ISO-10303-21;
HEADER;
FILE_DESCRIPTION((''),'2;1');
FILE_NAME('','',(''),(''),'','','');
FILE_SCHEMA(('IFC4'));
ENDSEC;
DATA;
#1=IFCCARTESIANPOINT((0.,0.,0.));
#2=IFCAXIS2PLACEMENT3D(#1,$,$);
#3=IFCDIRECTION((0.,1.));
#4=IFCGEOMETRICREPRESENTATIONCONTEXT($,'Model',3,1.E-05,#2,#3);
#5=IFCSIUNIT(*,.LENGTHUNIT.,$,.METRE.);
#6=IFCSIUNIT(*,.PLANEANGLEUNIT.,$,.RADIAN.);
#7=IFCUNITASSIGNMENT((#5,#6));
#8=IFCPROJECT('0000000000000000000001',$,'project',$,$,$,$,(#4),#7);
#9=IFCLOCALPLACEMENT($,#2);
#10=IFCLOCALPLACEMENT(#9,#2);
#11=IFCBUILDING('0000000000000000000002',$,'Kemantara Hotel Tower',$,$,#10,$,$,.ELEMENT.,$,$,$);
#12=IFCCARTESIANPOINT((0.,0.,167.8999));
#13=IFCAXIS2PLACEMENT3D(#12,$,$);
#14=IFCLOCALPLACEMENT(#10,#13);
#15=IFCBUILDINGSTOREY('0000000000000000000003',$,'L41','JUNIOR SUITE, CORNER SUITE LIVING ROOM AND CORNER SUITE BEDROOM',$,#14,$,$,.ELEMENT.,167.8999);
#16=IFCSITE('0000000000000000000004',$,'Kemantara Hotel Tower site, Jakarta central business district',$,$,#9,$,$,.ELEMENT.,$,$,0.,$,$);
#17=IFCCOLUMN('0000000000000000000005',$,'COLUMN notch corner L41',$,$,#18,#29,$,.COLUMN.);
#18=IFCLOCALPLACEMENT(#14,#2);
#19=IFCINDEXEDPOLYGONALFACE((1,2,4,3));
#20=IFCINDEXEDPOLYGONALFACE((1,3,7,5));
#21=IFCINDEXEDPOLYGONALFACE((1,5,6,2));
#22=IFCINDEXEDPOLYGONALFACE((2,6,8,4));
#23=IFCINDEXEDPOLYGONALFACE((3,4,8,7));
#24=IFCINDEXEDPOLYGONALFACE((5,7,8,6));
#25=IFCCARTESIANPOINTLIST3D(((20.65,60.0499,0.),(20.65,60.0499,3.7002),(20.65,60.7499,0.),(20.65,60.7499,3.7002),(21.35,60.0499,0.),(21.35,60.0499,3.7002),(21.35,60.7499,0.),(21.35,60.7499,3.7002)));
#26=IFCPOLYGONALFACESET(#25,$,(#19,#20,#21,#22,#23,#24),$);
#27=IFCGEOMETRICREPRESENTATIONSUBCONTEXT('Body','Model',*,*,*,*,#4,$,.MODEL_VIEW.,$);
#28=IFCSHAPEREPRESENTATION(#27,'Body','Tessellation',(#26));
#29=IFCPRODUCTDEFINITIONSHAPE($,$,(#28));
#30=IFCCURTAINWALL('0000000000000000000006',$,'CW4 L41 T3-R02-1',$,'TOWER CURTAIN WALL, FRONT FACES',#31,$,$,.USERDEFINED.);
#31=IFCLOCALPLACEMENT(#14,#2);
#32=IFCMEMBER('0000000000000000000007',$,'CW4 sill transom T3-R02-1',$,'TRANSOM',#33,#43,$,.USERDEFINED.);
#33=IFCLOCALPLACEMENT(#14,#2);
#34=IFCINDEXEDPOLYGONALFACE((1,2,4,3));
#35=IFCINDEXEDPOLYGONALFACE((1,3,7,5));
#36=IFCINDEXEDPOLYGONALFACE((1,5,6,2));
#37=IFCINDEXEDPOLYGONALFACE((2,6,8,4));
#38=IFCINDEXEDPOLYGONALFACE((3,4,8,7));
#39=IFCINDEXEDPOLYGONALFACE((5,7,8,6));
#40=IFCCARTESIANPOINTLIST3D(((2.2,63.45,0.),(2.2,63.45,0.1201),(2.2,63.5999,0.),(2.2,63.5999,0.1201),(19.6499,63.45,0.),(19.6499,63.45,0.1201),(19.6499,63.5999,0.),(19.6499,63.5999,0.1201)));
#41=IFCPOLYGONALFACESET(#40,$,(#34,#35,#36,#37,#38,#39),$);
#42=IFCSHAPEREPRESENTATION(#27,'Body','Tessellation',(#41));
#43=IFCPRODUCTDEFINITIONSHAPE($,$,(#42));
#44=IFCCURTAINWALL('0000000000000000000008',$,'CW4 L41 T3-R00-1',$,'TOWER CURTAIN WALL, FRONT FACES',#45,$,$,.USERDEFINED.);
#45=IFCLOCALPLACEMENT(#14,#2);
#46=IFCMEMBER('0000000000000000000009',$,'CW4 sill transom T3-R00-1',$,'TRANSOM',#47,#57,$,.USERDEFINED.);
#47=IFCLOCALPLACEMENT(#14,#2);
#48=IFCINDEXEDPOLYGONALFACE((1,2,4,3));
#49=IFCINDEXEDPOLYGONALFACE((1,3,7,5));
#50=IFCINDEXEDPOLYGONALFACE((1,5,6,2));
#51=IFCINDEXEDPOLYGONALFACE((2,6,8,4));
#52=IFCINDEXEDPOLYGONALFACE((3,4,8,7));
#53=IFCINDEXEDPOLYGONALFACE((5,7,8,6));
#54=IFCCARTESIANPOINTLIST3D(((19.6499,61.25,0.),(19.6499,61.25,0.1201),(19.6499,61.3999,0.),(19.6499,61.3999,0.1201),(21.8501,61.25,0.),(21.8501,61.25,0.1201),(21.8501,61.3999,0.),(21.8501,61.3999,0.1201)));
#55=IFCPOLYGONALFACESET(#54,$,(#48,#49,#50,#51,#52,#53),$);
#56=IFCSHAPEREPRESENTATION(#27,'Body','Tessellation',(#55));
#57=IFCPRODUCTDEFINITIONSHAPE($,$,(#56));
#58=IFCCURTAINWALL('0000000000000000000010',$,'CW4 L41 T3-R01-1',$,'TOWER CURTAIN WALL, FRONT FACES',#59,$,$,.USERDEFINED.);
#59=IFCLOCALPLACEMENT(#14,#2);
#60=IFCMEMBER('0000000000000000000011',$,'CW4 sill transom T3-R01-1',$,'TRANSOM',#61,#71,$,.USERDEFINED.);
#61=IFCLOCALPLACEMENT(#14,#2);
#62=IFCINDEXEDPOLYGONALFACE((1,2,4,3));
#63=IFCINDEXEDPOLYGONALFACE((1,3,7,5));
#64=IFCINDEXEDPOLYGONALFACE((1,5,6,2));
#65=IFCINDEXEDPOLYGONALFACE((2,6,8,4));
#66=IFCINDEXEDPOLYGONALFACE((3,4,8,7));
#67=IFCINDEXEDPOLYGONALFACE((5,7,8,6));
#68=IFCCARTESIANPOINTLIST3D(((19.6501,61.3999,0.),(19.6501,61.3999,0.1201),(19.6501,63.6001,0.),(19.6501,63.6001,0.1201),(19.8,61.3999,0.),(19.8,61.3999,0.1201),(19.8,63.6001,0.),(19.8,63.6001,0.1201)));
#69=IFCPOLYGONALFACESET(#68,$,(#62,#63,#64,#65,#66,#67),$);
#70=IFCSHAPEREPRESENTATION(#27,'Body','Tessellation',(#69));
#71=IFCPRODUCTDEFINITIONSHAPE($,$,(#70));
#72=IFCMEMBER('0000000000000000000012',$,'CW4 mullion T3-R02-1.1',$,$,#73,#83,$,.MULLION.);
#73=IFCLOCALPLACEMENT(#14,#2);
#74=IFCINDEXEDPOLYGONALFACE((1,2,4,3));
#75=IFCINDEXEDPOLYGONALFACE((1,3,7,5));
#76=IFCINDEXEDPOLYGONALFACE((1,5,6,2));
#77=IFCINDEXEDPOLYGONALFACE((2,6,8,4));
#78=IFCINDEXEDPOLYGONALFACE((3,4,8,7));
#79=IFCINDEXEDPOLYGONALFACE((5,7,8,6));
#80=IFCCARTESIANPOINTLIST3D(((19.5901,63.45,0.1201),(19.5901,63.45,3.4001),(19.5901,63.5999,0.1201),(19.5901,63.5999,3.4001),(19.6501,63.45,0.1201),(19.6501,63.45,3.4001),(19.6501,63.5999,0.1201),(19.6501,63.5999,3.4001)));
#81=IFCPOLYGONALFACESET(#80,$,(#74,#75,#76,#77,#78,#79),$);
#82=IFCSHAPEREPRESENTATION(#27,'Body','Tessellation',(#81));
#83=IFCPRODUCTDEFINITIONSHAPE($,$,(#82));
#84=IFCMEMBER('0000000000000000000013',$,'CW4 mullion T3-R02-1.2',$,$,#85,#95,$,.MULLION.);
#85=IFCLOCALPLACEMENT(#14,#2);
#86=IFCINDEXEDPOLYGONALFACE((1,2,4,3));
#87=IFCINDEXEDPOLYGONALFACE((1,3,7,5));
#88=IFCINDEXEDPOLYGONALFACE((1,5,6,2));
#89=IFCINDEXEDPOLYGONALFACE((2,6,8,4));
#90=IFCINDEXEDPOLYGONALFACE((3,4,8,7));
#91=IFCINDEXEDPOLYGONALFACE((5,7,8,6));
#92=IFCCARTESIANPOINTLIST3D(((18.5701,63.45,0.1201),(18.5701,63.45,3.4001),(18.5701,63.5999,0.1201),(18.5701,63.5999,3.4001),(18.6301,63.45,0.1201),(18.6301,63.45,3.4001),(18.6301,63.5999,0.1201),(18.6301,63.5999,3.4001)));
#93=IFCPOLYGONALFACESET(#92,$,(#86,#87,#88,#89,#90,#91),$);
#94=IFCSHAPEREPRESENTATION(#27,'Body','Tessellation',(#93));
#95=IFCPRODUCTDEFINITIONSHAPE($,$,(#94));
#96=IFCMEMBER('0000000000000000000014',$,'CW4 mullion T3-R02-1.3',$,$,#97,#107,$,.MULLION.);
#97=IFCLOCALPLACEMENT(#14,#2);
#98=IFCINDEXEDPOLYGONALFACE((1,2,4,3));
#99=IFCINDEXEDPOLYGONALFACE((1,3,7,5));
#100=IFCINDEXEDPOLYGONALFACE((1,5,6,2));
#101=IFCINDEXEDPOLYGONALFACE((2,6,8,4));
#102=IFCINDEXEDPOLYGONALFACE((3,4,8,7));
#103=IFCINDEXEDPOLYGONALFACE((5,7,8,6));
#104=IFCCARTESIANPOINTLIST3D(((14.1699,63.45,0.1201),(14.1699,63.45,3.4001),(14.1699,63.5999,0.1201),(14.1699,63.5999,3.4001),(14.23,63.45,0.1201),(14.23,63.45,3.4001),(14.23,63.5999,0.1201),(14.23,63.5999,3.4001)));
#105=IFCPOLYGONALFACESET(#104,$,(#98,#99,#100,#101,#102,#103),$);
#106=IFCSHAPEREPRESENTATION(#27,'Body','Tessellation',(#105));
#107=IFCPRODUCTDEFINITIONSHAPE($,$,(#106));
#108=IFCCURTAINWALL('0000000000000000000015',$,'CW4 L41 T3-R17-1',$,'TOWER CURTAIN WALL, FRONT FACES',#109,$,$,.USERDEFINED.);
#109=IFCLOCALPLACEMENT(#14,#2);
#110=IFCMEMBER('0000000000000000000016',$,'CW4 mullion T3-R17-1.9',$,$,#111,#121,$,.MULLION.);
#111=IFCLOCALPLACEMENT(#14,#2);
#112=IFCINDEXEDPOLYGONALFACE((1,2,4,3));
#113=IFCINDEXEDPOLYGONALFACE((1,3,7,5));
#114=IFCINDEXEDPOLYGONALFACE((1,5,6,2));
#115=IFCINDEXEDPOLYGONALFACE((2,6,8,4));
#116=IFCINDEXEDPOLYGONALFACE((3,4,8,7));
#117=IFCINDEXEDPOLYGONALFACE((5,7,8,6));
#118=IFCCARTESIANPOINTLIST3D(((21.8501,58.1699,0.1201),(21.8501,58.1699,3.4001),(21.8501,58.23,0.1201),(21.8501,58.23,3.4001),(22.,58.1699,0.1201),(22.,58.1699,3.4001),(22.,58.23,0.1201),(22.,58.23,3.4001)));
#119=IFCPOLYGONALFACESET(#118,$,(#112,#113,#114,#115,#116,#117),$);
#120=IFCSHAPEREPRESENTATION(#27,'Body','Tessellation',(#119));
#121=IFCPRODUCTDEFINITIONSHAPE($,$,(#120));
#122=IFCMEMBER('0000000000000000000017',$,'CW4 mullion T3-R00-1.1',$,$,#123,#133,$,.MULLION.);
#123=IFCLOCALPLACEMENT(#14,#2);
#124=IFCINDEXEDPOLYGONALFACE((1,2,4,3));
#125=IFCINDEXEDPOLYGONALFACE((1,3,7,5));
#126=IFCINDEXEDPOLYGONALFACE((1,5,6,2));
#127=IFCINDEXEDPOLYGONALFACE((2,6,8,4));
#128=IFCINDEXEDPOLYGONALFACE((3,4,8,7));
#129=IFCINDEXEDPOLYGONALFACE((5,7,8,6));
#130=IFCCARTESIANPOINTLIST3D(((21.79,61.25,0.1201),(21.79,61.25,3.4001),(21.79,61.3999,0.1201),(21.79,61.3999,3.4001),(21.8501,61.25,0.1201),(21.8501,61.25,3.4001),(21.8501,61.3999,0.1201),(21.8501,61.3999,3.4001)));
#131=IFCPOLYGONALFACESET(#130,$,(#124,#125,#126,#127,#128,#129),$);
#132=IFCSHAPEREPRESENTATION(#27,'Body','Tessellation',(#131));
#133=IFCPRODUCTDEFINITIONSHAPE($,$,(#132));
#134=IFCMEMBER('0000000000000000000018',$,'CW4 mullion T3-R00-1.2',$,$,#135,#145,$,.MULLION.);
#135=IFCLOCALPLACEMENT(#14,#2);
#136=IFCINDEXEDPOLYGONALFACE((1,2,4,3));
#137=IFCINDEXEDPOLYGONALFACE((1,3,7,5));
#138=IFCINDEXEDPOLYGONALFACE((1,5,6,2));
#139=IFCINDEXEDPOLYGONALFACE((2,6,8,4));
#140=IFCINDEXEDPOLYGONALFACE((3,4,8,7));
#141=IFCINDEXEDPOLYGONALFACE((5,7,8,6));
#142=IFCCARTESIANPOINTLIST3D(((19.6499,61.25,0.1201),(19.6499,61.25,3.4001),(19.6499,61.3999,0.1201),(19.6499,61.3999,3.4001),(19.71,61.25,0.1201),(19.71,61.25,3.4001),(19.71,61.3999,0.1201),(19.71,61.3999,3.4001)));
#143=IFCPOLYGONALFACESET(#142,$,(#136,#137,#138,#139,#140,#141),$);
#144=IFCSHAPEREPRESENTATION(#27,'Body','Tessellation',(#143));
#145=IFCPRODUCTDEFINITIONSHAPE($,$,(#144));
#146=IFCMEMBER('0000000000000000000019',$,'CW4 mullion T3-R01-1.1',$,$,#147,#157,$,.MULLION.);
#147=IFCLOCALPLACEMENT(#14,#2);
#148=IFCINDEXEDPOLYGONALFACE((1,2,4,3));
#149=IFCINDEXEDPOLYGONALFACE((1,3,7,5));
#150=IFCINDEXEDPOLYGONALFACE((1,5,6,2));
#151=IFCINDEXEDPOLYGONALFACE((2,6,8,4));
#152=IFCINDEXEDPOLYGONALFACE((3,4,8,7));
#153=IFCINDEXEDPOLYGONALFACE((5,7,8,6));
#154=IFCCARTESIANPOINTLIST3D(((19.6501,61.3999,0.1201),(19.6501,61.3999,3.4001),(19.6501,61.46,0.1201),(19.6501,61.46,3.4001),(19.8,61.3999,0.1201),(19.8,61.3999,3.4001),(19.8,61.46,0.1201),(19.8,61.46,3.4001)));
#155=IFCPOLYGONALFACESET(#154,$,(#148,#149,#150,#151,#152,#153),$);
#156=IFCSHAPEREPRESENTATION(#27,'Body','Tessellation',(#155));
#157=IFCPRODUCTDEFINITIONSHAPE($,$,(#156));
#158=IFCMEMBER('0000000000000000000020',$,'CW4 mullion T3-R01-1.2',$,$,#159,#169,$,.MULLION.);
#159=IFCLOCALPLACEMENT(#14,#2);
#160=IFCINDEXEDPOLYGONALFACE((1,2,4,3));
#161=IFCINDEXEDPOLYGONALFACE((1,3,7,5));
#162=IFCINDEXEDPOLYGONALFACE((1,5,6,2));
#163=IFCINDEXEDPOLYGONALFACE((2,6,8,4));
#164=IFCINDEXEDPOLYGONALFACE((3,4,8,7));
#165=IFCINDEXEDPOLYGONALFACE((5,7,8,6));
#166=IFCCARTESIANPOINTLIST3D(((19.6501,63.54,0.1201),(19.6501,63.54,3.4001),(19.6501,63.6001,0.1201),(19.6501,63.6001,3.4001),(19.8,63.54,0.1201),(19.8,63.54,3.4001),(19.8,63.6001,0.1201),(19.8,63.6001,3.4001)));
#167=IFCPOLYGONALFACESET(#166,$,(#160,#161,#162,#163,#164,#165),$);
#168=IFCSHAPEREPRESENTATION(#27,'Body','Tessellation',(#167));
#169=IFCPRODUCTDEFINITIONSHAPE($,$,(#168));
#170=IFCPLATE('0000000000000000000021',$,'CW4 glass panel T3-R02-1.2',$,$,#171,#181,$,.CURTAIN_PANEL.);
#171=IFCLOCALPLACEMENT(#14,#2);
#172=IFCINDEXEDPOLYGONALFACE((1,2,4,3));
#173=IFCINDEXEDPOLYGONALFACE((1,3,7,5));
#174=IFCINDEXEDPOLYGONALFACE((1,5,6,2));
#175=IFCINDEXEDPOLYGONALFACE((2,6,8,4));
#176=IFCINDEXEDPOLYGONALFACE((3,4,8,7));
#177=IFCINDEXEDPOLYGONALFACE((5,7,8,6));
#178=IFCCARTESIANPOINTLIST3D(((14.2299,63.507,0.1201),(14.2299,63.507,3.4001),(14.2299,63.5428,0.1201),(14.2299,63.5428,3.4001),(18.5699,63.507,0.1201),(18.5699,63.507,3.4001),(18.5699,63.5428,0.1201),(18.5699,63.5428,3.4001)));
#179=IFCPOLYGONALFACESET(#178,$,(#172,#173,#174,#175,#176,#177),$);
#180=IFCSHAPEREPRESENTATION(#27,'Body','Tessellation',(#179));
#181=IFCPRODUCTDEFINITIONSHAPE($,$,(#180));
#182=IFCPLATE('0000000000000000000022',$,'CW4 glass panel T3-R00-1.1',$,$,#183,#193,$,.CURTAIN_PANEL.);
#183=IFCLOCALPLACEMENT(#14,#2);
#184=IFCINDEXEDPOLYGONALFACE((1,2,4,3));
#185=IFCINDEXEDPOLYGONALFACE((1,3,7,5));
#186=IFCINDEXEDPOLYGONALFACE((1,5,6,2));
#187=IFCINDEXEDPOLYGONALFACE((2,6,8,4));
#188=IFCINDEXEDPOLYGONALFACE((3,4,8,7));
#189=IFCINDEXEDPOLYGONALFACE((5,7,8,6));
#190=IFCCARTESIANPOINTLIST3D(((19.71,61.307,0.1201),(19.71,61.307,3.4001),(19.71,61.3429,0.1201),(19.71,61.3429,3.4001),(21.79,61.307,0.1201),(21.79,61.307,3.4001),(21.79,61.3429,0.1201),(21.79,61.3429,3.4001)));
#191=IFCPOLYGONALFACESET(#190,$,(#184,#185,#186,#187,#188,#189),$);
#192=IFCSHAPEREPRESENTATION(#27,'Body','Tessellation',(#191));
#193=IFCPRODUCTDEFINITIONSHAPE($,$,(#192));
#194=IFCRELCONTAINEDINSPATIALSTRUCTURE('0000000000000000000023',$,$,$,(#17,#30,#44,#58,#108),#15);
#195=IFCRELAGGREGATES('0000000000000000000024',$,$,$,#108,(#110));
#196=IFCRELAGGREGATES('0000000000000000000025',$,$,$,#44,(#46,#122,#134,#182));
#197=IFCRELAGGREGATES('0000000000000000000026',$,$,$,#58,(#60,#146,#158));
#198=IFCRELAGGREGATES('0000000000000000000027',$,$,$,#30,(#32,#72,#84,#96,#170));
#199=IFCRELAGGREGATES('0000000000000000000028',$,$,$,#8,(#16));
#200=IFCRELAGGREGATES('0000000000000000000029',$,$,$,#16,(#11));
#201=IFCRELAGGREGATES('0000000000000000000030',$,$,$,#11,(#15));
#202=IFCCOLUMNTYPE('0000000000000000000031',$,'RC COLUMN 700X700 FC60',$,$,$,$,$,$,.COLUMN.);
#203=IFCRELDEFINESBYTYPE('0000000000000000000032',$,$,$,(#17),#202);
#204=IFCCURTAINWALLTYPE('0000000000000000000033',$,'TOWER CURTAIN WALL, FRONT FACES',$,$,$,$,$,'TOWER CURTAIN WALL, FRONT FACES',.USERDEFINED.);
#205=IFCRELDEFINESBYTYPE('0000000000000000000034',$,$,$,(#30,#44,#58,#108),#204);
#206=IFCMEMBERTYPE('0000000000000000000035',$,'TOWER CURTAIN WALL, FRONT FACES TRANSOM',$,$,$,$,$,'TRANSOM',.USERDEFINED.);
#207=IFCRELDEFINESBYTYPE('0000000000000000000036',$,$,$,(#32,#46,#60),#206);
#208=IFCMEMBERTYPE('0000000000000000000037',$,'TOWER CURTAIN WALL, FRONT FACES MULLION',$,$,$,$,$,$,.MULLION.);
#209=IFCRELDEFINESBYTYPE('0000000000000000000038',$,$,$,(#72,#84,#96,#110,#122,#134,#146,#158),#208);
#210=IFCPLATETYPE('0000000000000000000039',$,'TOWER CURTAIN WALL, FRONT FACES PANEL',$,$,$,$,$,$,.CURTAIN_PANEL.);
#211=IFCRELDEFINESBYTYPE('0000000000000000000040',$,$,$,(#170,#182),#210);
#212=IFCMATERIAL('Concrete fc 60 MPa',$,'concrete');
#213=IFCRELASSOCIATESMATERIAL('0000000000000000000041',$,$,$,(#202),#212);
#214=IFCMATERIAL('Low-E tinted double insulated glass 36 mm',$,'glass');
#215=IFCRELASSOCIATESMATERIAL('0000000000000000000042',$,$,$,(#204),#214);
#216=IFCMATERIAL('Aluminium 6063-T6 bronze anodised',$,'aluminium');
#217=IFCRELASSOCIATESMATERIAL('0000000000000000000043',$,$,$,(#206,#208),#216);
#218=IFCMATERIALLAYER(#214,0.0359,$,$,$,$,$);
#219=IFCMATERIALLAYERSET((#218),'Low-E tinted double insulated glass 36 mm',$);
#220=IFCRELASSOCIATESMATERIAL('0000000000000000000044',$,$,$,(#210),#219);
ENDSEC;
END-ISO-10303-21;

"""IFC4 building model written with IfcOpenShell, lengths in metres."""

from ifc_helpers import new_model, si_unit, direction, frame, origin, origin_2d, place, context, subcontext, project, spatial, rectangle, extrude, source, transform, mapped, material, layer, layer_set, material_profile, profile_set, type_object, element, aggregate, save


model = new_model("IFC4")

# Units and contexts
model_context = context("Model", 3, precision=1e-05, world=origin(), true_north=direction((0.0, 1.0)))
body_context = subcontext(model_context, "Body", "Model", "MODEL_VIEW")
ifc_project = project(units=[si_unit("LENGTHUNIT", "METRE"), si_unit("PLANEANGLEUNIT", "RADIAN")], contexts=[model_context])

# Site, building, storey
site_placement = place(None, origin())
site = spatial("IfcSite", under=ifc_project, at=site_placement, Name="Kemantara Hotel Tower site, Jakarta central business district", CompositionType="ELEMENT", RefElevation=0.0)
building_placement = place(site_placement, origin())
building = spatial("IfcBuilding", under=site, at=building_placement, Name="Kemantara Hotel Tower", CompositionType="ELEMENT")
storey_placement = place(building_placement, frame((0.0, 0.0, 167.8999)))
storey = spatial("IfcBuildingStorey", under=building, at=storey_placement, Name="L41", Description="JUNIOR SUITE, CORNER SUITE LIVING ROOM AND CORNER SUITE BEDROOM", CompositionType="ELEMENT", Elevation=167.8999)

# Column
ifc_material_1 = material(Name="Concrete fc 60 MPa", Category="concrete")
ifc_material_profile_1 = material_profile(ifc_material_1, rectangle(XDim=0.7, YDim=0.7, at=origin_2d()), Name="RC 700X700")
ifc_profile_set_1 = profile_set([ifc_material_profile_1], Name="Concrete fc 60 MPa")
column_type = type_object("IfcColumnType", Name="RC COLUMN 700X700 FC60", PredefinedType="COLUMN", material=ifc_profile_set_1)
column_placement = place(storey_placement, frame((21.0, 60.3999, 0.0), z_axis=(0.0, 0.0, 1.0), x_axis=(1.0, 0.0, 0.0)))
element("IfcColumn", 1, at=column_placement, inside=storey, type_object=column_type, Name="COLUMN notch corner L41", PredefinedType="COLUMN", context=body_context, shape_type="SweptSolid", body=[
    extrude(rectangle(XDim=0.7, YDim=0.7, at=origin_2d()), origin(), (0.0, 0.0, 1.0), 3.7002),
])

# Curtain walls, members
ifc_material_2 = material(Name="Low-E tinted double insulated glass 36 mm", Category="glass")
curtain_wall_type = type_object("IfcCurtainWallType", Name="TOWER CURTAIN WALL, FRONT FACES", ElementType="TOWER CURTAIN WALL, FRONT FACES", PredefinedType="USERDEFINED", material=ifc_material_2)
curtain_wall_1_placement = place(storey_placement, origin())
curtain_wall_1 = element("IfcCurtainWall", 2, at=curtain_wall_1_placement, inside=storey, type_object=curtain_wall_type, Name="CW4 L41 T3-R02-1", ObjectType="TOWER CURTAIN WALL, FRONT FACES", PredefinedType="USERDEFINED")
ifc_material_3 = material(Name="Aluminium 6063-T6 bronze anodised", Category="aluminium")
ifc_material_profile_2 = material_profile(ifc_material_3, rectangle(XDim=0.1499, YDim=0.1201, at=origin_2d()), Name="TOWER CURTAIN WALL, FRONT FACES TRANSOM")
ifc_profile_set_2 = profile_set([ifc_material_profile_2], Name="Aluminium 6063-T6 bronze anodised")
member_type_1 = type_object("IfcMemberType", Name="TOWER CURTAIN WALL, FRONT FACES TRANSOM", ElementType="TRANSOM", PredefinedType="USERDEFINED", material=ifc_profile_set_2)
member_1_placement = place(storey_placement, frame((19.6499, 63.5249, 0.0601), z_axis=(-1.0, 0.0, 0.0), x_axis=(0.0, -1.0, 0.0)))
member_1 = element("IfcMember", 3, at=member_1_placement, type_object=member_type_1, Name="CW4 sill transom T3-R02-1", ObjectType="TRANSOM", PredefinedType="USERDEFINED", context=body_context, shape_type="SweptSolid", body=[
    extrude(rectangle(XDim=0.1499, YDim=0.1201, at=origin_2d()), origin(), (0.0, 0.0, 1.0), 17.45),
])
curtain_wall_2_placement = place(storey_placement, origin())
curtain_wall_2 = element("IfcCurtainWall", 4, at=curtain_wall_2_placement, inside=storey, type_object=curtain_wall_type, Name="CW4 L41 T3-R00-1", ObjectType="TOWER CURTAIN WALL, FRONT FACES", PredefinedType="USERDEFINED")
member_2_placement = place(storey_placement, frame((21.8501, 61.325, 0.0601), z_axis=(-1.0, 0.0, 0.0), x_axis=(0.0, -1.0, 0.0)))
member_2 = element("IfcMember", 5, at=member_2_placement, type_object=member_type_1, Name="CW4 sill transom T3-R00-1", ObjectType="TRANSOM", PredefinedType="USERDEFINED", context=body_context, shape_type="SweptSolid", body=[
    extrude(rectangle(XDim=0.1499, YDim=0.1201, at=origin_2d()), origin(), (0.0, 0.0, 1.0), 2.2002),
])
curtain_wall_3_placement = place(storey_placement, origin())
curtain_wall_3 = element("IfcCurtainWall", 6, at=curtain_wall_3_placement, inside=storey, type_object=curtain_wall_type, Name="CW4 L41 T3-R01-1", ObjectType="TOWER CURTAIN WALL, FRONT FACES", PredefinedType="USERDEFINED")
member_3_placement = place(storey_placement, frame((19.7251, 61.3999, 0.0601), z_axis=(0.0, 1.0, 0.0), x_axis=(-1.0, 0.0, 0.0)))
member_3 = element("IfcMember", 7, at=member_3_placement, type_object=member_type_1, Name="CW4 sill transom T3-R01-1", ObjectType="TRANSOM", PredefinedType="USERDEFINED", context=body_context, shape_type="SweptSolid", body=[
    extrude(rectangle(XDim=0.1499, YDim=0.1201, at=origin_2d()), origin(), (0.0, 0.0, 1.0), 2.2002),
])

# Members
ifc_material_profile_3 = material_profile(ifc_material_3, rectangle(XDim=0.1499, YDim=0.0601, at=origin_2d()), Name="TOWER CURTAIN WALL, FRONT FACES MULLION")
ifc_profile_set_3 = profile_set([ifc_material_profile_3], Name="Aluminium 6063-T6 bronze anodised")
member_type_2 = type_object("IfcMemberType", Name="TOWER CURTAIN WALL, FRONT FACES MULLION", PredefinedType="MULLION", material=ifc_profile_set_3)
shared_shape_1 = source(origin(), body_context, "Body", "SweptSolid", [
    extrude(rectangle(XDim=0.1499, YDim=0.0601, at=origin_2d()), origin(), (0.0, 0.0, 1.0), 3.28),
])
member_4_placement = place(storey_placement, frame((19.6201, 63.5249, 0.1201), z_axis=(0.0, 0.0, 1.0), x_axis=(0.0, -1.0, 0.0)))
member_4 = element("IfcMember", 8, at=member_4_placement, type_object=member_type_2, Name="CW4 mullion T3-R02-1.1", PredefinedType="MULLION", context=body_context, shape_type="MappedRepresentation", body=[
    mapped(shared_shape_1, transform((0.0, 0.0, 0.0))),
])
member_5_placement = place(storey_placement, frame((18.6001, 63.5249, 0.1201), z_axis=(0.0, 0.0, 1.0), x_axis=(0.0, -1.0, 0.0)))
member_5 = element("IfcMember", 9, at=member_5_placement, type_object=member_type_2, Name="CW4 mullion T3-R02-1.2", PredefinedType="MULLION", context=body_context, shape_type="MappedRepresentation", body=[
    mapped(shared_shape_1, transform((0.0, 0.0, 0.0))),
])
member_6_placement = place(storey_placement, frame((14.2, 63.5249, 0.1201), z_axis=(0.0, 0.0, 1.0), x_axis=(0.0, -1.0, 0.0)))
member_6 = element("IfcMember", 10, at=member_6_placement, type_object=member_type_2, Name="CW4 mullion T3-R02-1.3", PredefinedType="MULLION", context=body_context, shape_type="MappedRepresentation", body=[
    mapped(shared_shape_1, transform((0.0, 0.0, 0.0))),
])

# Curtain wall, member
curtain_wall_4_placement = place(storey_placement, origin())
curtain_wall_4 = element("IfcCurtainWall", 11, at=curtain_wall_4_placement, inside=storey, type_object=curtain_wall_type, Name="CW4 L41 T3-R17-1", ObjectType="TOWER CURTAIN WALL, FRONT FACES", PredefinedType="USERDEFINED")
member_7_placement = place(storey_placement, frame((21.925, 58.2, 0.1201), z_axis=(0.0, 0.0, 1.0), x_axis=(-1.0, 0.0, 0.0)))
member_7 = element("IfcMember", 12, at=member_7_placement, type_object=member_type_2, Name="CW4 mullion T3-R17-1.9", PredefinedType="MULLION", context=body_context, shape_type="MappedRepresentation", body=[
    mapped(shared_shape_1, transform((0.0, 0.0, 0.0))),
])
aggregate(curtain_wall_4, [member_7])

# Members
member_8_placement = place(storey_placement, frame((21.8201, 61.325, 0.1201), z_axis=(0.0, 0.0, 1.0), x_axis=(0.0, -1.0, 0.0)))
member_8 = element("IfcMember", 13, at=member_8_placement, type_object=member_type_2, Name="CW4 mullion T3-R00-1.1", PredefinedType="MULLION", context=body_context, shape_type="MappedRepresentation", body=[
    mapped(shared_shape_1, transform((0.0, 0.0, 0.0))),
])
member_9_placement = place(storey_placement, frame((19.6799, 61.325, 0.1201), z_axis=(0.0, 0.0, 1.0), x_axis=(0.0, -1.0, 0.0)))
member_9 = element("IfcMember", 14, at=member_9_placement, type_object=member_type_2, Name="CW4 mullion T3-R00-1.2", PredefinedType="MULLION", context=body_context, shape_type="MappedRepresentation", body=[
    mapped(shared_shape_1, transform((0.0, 0.0, 0.0))),
])
member_10_placement = place(storey_placement, frame((19.7251, 61.4299, 0.1201), z_axis=(0.0, 0.0, 1.0), x_axis=(-1.0, 0.0, 0.0)))
member_10 = element("IfcMember", 15, at=member_10_placement, type_object=member_type_2, Name="CW4 mullion T3-R01-1.1", PredefinedType="MULLION", context=body_context, shape_type="MappedRepresentation", body=[
    mapped(shared_shape_1, transform((0.0, 0.0, 0.0))),
])
member_11_placement = place(storey_placement, frame((19.7251, 63.5701, 0.1201), z_axis=(0.0, 0.0, 1.0), x_axis=(-1.0, 0.0, 0.0)))
member_11 = element("IfcMember", 16, at=member_11_placement, type_object=member_type_2, Name="CW4 mullion T3-R01-1.2", PredefinedType="MULLION", context=body_context, shape_type="MappedRepresentation", body=[
    mapped(shared_shape_1, transform((0.0, 0.0, 0.0))),
])

# Plates
ifc_layer_1 = layer(ifc_material_2, 0.0359)
ifc_layer_set_1 = layer_set([ifc_layer_1], Name="Low-E tinted double insulated glass 36 mm")
plate_type = type_object("IfcPlateType", Name="TOWER CURTAIN WALL, FRONT FACES PANEL", PredefinedType="CURTAIN_PANEL", material=ifc_layer_set_1)
shared_shape_2 = source(origin(), body_context, "Body", "SweptSolid", [
    extrude(rectangle(XDim=4.3401, YDim=0.0359, at=origin_2d()), origin(), (0.0, 0.0, 1.0), 3.28),
])
plate_1_placement = place(storey_placement, frame((16.3999, 63.5249, 0.1201), z_axis=(0.0, 0.0, 1.0), x_axis=(-1.0, 0.0, 0.0)))
plate_1 = element("IfcPlate", 17, at=plate_1_placement, type_object=plate_type, Name="CW4 glass panel T3-R02-1.2", PredefinedType="CURTAIN_PANEL", context=body_context, shape_type="MappedRepresentation", body=[
    mapped(shared_shape_2, transform((0.0, 0.0, 0.0))),
])
shared_shape_3 = source(origin(), body_context, "Body", "SweptSolid", [
    extrude(rectangle(XDim=2.0801, YDim=0.0359, at=origin_2d()), origin(), (0.0, 0.0, 1.0), 3.28),
])
plate_2_placement = place(storey_placement, frame((20.75, 61.325, 0.1201), z_axis=(0.0, 0.0, 1.0), x_axis=(-1.0, 0.0, 0.0)))
plate_2 = element("IfcPlate", 18, at=plate_2_placement, type_object=plate_type, Name="CW4 glass panel T3-R00-1.1", PredefinedType="CURTAIN_PANEL", context=body_context, shape_type="MappedRepresentation", body=[
    mapped(shared_shape_3, transform((0.0, 0.0, 0.0))),
])
aggregate(curtain_wall_2, [member_2, member_8, member_9, plate_2])
aggregate(curtain_wall_3, [member_3, member_10, member_11])
aggregate(curtain_wall_1, [member_1, member_4, member_5, member_6, plate_1])

save(model, "model.ifc")
